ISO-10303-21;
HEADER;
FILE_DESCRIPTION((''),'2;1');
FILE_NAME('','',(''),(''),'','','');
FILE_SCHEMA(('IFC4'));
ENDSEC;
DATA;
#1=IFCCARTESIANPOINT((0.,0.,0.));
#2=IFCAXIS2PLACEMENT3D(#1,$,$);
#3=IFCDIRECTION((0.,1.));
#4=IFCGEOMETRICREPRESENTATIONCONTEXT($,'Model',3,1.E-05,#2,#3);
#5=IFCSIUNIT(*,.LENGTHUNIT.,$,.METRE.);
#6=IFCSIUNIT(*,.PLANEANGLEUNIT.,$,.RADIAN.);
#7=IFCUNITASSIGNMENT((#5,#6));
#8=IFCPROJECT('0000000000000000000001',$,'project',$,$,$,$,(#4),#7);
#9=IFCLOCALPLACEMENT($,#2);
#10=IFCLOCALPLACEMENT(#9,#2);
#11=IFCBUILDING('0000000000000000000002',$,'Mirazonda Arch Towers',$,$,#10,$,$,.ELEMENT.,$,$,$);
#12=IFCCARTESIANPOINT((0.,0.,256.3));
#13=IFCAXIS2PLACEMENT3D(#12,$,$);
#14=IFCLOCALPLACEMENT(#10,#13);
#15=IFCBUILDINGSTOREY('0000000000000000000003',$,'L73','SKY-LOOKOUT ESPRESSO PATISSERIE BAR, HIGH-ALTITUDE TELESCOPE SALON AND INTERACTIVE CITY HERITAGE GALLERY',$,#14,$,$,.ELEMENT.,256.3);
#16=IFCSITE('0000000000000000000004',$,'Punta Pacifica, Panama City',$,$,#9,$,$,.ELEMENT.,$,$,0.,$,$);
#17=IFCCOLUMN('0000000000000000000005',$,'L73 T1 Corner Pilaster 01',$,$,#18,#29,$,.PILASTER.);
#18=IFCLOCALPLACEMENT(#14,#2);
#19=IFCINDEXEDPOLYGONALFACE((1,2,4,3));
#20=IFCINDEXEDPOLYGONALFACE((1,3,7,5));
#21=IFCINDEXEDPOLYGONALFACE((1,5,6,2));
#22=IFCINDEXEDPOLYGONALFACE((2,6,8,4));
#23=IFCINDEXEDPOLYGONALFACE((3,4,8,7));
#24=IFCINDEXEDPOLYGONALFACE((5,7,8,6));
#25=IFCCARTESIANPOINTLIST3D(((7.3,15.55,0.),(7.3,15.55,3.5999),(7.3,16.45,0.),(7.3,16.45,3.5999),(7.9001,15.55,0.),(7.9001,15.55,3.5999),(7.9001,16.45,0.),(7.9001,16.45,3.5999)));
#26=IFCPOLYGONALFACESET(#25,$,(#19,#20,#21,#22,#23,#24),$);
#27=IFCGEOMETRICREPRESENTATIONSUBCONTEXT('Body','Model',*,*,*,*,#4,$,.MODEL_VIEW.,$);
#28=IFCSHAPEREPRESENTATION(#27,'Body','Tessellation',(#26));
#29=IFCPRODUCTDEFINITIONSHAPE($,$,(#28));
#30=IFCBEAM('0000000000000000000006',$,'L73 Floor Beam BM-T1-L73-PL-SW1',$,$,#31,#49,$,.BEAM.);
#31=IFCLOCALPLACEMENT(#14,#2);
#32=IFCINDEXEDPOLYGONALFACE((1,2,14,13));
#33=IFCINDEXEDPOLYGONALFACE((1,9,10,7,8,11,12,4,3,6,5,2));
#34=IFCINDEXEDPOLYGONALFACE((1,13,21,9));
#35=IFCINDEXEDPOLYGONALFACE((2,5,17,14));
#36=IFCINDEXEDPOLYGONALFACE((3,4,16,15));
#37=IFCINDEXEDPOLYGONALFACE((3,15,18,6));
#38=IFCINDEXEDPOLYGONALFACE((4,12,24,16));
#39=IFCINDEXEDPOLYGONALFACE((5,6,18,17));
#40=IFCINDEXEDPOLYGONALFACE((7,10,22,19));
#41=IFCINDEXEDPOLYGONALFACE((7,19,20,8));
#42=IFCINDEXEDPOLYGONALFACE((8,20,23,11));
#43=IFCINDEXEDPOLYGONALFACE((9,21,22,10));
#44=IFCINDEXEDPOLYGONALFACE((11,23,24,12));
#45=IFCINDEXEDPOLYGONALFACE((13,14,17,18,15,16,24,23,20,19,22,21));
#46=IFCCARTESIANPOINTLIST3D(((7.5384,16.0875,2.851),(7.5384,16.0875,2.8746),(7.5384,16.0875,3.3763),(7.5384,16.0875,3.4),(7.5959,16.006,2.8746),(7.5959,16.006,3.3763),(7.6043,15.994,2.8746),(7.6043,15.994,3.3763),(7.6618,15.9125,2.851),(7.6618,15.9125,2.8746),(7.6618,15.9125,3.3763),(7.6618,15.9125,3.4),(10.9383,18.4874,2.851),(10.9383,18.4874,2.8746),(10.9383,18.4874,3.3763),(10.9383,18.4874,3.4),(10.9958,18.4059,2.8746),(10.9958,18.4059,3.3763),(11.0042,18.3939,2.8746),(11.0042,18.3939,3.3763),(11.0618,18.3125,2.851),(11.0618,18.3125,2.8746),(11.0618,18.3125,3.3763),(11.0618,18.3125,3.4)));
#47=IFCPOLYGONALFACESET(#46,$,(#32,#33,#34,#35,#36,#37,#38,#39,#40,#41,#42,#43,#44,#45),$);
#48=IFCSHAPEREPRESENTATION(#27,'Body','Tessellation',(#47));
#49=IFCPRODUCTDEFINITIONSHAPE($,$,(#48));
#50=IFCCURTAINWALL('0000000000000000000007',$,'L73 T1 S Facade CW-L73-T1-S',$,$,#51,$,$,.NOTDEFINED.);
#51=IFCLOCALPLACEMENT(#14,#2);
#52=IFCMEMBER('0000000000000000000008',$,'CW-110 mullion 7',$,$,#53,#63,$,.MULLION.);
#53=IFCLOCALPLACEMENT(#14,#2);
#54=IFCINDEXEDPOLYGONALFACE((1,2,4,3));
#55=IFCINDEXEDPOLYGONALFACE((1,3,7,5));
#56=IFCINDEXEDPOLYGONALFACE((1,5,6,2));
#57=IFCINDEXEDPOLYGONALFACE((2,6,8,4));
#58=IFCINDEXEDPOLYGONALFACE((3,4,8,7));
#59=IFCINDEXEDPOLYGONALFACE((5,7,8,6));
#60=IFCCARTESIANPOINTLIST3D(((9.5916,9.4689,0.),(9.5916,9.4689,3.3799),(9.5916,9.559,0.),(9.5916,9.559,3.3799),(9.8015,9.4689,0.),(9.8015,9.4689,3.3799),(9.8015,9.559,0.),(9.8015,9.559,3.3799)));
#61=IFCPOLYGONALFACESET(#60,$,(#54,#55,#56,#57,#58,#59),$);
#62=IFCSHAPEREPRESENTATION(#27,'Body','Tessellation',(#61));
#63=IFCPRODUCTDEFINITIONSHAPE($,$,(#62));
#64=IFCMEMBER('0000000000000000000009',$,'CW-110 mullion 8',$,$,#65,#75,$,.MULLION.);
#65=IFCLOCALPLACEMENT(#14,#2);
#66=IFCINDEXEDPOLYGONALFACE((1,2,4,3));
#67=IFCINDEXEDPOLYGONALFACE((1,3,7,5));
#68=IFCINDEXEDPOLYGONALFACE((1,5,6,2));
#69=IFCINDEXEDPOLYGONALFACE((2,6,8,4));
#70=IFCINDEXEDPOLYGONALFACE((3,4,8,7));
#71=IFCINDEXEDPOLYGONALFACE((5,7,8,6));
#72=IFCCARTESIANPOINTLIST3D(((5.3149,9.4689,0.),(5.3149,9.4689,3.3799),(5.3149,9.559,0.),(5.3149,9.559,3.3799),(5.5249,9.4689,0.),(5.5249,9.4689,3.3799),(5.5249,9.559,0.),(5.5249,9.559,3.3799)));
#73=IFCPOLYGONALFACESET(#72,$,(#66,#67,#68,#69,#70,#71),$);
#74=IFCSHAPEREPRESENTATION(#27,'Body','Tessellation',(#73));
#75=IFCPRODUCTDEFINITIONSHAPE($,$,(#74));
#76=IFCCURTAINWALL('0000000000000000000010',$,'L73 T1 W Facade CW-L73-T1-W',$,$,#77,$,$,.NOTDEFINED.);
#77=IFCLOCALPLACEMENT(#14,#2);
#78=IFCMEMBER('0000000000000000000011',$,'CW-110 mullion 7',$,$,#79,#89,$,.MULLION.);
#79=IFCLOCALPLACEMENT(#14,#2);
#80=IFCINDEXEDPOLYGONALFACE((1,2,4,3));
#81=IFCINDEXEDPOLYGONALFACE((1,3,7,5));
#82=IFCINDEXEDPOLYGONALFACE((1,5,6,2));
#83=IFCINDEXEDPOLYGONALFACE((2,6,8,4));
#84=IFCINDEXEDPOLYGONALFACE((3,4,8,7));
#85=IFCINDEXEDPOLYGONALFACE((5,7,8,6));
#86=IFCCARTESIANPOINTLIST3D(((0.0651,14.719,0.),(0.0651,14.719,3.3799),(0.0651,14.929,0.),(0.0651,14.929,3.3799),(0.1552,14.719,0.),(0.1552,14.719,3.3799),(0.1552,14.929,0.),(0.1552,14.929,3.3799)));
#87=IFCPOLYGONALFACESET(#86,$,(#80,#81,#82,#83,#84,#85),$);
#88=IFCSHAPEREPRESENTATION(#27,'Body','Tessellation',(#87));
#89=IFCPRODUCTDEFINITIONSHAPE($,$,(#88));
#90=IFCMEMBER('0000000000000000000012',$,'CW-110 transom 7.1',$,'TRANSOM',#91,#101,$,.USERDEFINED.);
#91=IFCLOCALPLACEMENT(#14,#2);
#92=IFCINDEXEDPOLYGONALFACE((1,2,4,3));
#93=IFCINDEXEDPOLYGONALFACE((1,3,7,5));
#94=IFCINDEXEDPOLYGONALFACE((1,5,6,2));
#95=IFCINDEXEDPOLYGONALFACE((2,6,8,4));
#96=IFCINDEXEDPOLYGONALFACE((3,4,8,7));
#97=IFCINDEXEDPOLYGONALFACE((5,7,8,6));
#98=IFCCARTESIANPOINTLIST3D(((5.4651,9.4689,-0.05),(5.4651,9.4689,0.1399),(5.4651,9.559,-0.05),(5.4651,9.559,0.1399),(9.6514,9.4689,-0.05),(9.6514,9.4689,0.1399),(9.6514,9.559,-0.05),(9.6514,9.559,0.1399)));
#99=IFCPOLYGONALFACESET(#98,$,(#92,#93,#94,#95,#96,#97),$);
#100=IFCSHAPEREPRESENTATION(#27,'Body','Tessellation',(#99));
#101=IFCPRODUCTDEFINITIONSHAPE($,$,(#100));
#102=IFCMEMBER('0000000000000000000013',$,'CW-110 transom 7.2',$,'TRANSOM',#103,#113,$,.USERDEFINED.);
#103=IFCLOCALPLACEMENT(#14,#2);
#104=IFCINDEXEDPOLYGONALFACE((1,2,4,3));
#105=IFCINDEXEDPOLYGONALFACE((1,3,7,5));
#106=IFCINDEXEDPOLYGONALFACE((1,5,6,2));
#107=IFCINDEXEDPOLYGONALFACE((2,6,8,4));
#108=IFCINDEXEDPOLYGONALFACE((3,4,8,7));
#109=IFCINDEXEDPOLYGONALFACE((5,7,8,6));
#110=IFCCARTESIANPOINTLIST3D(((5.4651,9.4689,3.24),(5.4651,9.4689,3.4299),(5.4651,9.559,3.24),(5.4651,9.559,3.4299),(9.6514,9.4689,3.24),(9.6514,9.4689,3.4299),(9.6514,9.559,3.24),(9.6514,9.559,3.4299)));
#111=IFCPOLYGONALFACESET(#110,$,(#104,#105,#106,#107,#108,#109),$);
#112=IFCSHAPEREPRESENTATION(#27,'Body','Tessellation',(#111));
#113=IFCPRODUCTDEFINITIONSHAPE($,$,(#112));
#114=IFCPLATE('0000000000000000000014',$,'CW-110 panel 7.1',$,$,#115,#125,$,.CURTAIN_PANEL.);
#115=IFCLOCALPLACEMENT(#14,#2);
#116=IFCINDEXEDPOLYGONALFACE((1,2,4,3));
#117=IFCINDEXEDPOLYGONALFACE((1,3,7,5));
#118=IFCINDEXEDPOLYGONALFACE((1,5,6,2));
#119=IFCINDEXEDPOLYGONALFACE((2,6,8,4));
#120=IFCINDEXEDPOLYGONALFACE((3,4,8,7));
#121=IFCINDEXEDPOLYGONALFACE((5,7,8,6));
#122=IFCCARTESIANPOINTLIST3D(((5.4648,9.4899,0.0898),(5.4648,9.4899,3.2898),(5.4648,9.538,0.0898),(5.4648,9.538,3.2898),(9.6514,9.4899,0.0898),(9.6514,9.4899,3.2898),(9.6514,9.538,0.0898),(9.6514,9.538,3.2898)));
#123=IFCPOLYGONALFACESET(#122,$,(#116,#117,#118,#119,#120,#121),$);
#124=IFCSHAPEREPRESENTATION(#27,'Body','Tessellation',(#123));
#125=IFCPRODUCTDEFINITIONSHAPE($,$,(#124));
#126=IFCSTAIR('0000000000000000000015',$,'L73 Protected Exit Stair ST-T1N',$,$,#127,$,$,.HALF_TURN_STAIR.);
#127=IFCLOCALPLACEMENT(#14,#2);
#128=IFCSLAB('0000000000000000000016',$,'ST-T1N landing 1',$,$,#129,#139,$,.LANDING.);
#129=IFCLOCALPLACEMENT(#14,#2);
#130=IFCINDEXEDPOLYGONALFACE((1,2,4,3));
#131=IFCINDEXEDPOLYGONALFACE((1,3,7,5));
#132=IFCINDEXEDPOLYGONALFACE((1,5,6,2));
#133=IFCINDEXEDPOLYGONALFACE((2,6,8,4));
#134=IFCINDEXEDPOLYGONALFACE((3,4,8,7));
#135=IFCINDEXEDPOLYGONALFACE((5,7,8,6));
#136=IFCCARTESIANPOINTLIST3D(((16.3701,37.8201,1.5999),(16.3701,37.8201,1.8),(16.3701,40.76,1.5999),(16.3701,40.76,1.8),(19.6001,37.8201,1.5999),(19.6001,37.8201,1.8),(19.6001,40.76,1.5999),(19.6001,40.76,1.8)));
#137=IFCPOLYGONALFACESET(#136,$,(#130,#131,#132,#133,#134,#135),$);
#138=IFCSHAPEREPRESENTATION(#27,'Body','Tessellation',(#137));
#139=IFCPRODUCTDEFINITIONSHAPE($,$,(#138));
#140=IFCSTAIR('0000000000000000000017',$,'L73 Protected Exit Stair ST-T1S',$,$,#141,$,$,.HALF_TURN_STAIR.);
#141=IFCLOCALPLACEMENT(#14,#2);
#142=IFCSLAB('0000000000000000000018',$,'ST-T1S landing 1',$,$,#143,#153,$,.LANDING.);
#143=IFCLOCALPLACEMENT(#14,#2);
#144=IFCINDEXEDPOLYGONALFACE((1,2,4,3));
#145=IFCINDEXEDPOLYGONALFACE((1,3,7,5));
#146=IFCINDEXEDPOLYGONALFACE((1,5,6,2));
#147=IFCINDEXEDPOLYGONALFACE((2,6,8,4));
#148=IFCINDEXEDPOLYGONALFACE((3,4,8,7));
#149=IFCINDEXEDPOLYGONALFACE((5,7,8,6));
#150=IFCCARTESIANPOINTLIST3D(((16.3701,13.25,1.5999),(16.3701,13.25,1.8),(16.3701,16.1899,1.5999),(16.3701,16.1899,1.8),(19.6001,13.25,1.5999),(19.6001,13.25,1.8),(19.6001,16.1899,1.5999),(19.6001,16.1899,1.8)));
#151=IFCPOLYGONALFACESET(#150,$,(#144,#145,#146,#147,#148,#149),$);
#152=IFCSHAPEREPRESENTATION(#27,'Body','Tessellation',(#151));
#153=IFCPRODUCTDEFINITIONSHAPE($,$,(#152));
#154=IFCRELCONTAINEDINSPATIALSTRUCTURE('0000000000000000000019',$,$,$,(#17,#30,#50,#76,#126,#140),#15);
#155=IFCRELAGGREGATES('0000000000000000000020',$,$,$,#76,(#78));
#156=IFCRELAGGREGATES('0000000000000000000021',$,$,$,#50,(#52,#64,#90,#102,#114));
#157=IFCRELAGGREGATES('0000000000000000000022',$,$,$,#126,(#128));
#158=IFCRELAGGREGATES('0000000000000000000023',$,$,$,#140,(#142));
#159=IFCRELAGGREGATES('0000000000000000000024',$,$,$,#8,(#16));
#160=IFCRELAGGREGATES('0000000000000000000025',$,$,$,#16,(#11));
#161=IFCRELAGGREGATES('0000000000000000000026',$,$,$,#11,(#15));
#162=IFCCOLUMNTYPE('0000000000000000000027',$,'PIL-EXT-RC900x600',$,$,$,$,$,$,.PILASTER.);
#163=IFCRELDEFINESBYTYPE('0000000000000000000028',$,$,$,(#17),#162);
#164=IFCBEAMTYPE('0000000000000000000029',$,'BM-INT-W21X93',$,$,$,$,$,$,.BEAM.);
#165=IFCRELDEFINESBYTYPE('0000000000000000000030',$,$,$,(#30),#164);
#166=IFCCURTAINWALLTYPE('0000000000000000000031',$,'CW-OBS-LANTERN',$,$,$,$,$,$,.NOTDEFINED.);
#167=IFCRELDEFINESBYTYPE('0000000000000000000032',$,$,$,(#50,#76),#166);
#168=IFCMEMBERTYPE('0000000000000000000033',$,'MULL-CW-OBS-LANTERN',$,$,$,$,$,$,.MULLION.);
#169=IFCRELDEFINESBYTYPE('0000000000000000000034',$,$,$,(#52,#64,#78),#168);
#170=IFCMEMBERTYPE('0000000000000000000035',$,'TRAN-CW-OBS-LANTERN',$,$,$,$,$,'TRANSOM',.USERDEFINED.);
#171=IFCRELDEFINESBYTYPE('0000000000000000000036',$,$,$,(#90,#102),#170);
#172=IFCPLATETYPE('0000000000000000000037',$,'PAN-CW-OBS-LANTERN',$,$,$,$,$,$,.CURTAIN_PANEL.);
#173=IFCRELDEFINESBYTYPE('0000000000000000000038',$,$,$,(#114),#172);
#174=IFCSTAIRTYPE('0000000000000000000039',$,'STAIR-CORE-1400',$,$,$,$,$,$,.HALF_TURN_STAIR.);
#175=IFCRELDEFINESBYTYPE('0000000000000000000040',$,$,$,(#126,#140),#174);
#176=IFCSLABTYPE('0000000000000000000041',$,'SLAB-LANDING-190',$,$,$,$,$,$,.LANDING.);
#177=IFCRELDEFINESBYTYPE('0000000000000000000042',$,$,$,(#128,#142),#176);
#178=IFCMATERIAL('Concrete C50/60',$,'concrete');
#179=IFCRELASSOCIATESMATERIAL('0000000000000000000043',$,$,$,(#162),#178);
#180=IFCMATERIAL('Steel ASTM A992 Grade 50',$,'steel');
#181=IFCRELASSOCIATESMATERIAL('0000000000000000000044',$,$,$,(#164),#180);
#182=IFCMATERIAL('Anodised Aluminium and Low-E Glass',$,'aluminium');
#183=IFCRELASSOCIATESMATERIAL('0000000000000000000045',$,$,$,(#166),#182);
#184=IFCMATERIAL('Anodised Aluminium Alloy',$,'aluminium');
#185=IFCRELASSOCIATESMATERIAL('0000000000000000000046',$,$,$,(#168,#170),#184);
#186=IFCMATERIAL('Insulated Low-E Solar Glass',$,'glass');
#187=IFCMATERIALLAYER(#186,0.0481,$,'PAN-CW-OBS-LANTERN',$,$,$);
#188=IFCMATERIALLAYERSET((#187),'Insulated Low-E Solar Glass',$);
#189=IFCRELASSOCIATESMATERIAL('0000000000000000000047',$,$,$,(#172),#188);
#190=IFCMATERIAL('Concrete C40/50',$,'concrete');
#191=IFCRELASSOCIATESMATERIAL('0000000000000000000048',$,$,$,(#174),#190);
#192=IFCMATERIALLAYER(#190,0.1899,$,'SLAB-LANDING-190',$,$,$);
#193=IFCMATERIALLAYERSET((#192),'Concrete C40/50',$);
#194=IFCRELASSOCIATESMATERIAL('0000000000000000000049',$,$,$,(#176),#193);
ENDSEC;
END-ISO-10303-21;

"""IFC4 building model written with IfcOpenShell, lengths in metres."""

from ifc_helpers import new_model, si_unit, direction, frame, origin, origin_2d, place, context, subcontext, project, spatial, polyline, rectangle, i_section, outline, extrude, material, layer, layer_set, material_profile, profile_set, type_object, element, aggregate, save


model = new_model("IFC4")

# Units and contexts
model_context = context("Model", 3, precision=1e-05, world=origin(), true_north=direction((0.0, 1.0)))
body_context = subcontext(model_context, "Body", "Model", "MODEL_VIEW")
ifc_project = project(units=[si_unit("LENGTHUNIT", "METRE"), si_unit("PLANEANGLEUNIT", "RADIAN")], contexts=[model_context])

# Site, building, storey
site_placement = place(None, origin())
site = spatial("IfcSite", under=ifc_project, at=site_placement, Name="Punta Pacifica, Panama City", CompositionType="ELEMENT", RefElevation=0.0)
building_placement = place(site_placement, origin())
building = spatial("IfcBuilding", under=site, at=building_placement, Name="Mirazonda Arch Towers", CompositionType="ELEMENT")
storey_placement = place(building_placement, frame((0.0, 0.0, 256.3)))
storey = spatial("IfcBuildingStorey", under=building, at=storey_placement, Name="L73", Description="SKY-LOOKOUT ESPRESSO PATISSERIE BAR, HIGH-ALTITUDE TELESCOPE SALON AND INTERACTIVE CITY HERITAGE GALLERY", CompositionType="ELEMENT", Elevation=256.3)

# Column
ifc_material_1 = material(Name="Concrete C50/60", Category="concrete")
ifc_material_profile_1 = material_profile(ifc_material_1, rectangle(XDim=0.6001, YDim=0.8999, at=origin_2d()), Name="RC900x600")
ifc_profile_set_1 = profile_set([ifc_material_profile_1], Name="Concrete C50/60")
column_type = type_object("IfcColumnType", Name="PIL-EXT-RC900x600", PredefinedType="PILASTER", material=ifc_profile_set_1)
column_placement = place(storey_placement, frame((7.6001, 16.0, 0.0), z_axis=(0.0, 0.0, 1.0), x_axis=(1.0, 0.0, 0.0)))
element("IfcColumn", 1, at=column_placement, inside=storey, type_object=column_type, Name="L73 T1 Corner Pilaster 01", PredefinedType="PILASTER", context=body_context, shape_type="SweptSolid", body=[
    extrude(rectangle(XDim=0.6001, YDim=0.8999, at=origin_2d()), origin(), (0.0, 0.0, 1.0), 3.5999),
])

# Beam
ifc_material_2 = material(Name="Steel ASTM A992 Grade 50", Category="steel")
ifc_material_profile_2 = material_profile(ifc_material_2, i_section(OverallWidth=0.2141, OverallDepth=0.5491, WebThickness=0.0146, FlangeThickness=0.0237, at=origin_2d()), Name="W21X93")
ifc_profile_set_2 = profile_set([ifc_material_profile_2], Name="Steel ASTM A992 Grade 50")
beam_type = type_object("IfcBeamType", Name="BM-INT-W21X93", PredefinedType="BEAM", material=ifc_profile_set_2)
beam_placement = place(storey_placement, frame((7.6001, 16.0, 3.1255), z_axis=(0.816971, 0.576679, 0.0), x_axis=(-0.576679, 0.816971, 0.0)))
element("IfcBeam", 2, at=beam_placement, inside=storey, type_object=beam_type, Name="L73 Floor Beam BM-T1-L73-PL-SW1", PredefinedType="BEAM", context=body_context, shape_type="SweptSolid", body=[
    extrude(i_section(OverallWidth=0.2141, OverallDepth=0.5491, WebThickness=0.0146, FlangeThickness=0.0237, at=origin_2d()), origin(), (0.0, 0.0, 1.0), 4.1616),
])

# Curtain wall, members
ifc_material_3 = material(Name="Anodised Aluminium and Low-E Glass", Category="aluminium")
curtain_wall_type = type_object("IfcCurtainWallType", Name="CW-OBS-LANTERN", PredefinedType="NOTDEFINED", material=ifc_material_3)
curtain_wall_1_placement = place(storey_placement, origin())
curtain_wall_1 = element("IfcCurtainWall", 3, at=curtain_wall_1_placement, inside=storey, type_object=curtain_wall_type, Name="L73 T1 S Facade CW-L73-T1-S", PredefinedType="NOTDEFINED")
ifc_material_4 = material(Name="Anodised Aluminium Alloy", Category="aluminium")
ifc_material_profile_3 = material_profile(ifc_material_4, rectangle(XDim=0.0901, YDim=0.21, at=origin_2d()), Name="ALU-MULL-90x210")
ifc_profile_set_3 = profile_set([ifc_material_profile_3], Name="Anodised Aluminium Alloy")
member_type_1 = type_object("IfcMemberType", Name="MULL-CW-OBS-LANTERN", PredefinedType="MULLION", material=ifc_profile_set_3)
member_1_placement = place(storey_placement, frame((9.6965, 9.5139, 0.0), z_axis=(0.0, 0.0, 1.0), x_axis=(0.0, -1.0, 0.0)))
member_1 = element("IfcMember", 4, at=member_1_placement, type_object=member_type_1, Name="CW-110 mullion 7", PredefinedType="MULLION", context=body_context, shape_type="SweptSolid", body=[
    extrude(rectangle(XDim=0.0901, YDim=0.21, at=origin_2d()), origin(), (0.0, 0.0, 1.0), 3.3799),
])
member_2_placement = place(storey_placement, frame((5.4199, 9.5139, 0.0), z_axis=(0.0, 0.0, 1.0), x_axis=(0.0, -1.0, 0.0)))
member_2 = element("IfcMember", 5, at=member_2_placement, type_object=member_type_1, Name="CW-110 mullion 8", PredefinedType="MULLION", context=body_context, shape_type="SweptSolid", body=[
    extrude(rectangle(XDim=0.0901, YDim=0.21, at=origin_2d()), origin(), (0.0, 0.0, 1.0), 3.3799),
])

# Curtain wall, member
curtain_wall_2_placement = place(storey_placement, origin())
curtain_wall_2 = element("IfcCurtainWall", 6, at=curtain_wall_2_placement, inside=storey, type_object=curtain_wall_type, Name="L73 T1 W Facade CW-L73-T1-W", PredefinedType="NOTDEFINED")
member_3_placement = place(storey_placement, frame((0.1101, 14.824, 0.0), z_axis=(0.0, 0.0, 1.0), x_axis=(1.0, 0.0, 0.0)))
member_3 = element("IfcMember", 7, at=member_3_placement, type_object=member_type_1, Name="CW-110 mullion 7", PredefinedType="MULLION", context=body_context, shape_type="SweptSolid", body=[
    extrude(rectangle(XDim=0.0901, YDim=0.21, at=origin_2d()), origin(), (0.0, 0.0, 1.0), 3.3799),
])
aggregate(curtain_wall_2, [member_3])

# Members
ifc_material_profile_4 = material_profile(ifc_material_4, rectangle(XDim=0.0901, YDim=0.1899, at=origin_2d()), Name="ALU-TRAN-90x190")
ifc_profile_set_4 = profile_set([ifc_material_profile_4], Name="Anodised Aluminium Alloy")
member_type_2 = type_object("IfcMemberType", Name="TRAN-CW-OBS-LANTERN", ElementType="TRANSOM", PredefinedType="USERDEFINED", material=ifc_profile_set_4)
member_4_placement = place(storey_placement, frame((9.6514, 9.5139, 0.0449), z_axis=(-1.0, 0.0, 0.0), x_axis=(0.0, -1.0, 0.0)))
member_4 = element("IfcMember", 8, at=member_4_placement, type_object=member_type_2, Name="CW-110 transom 7.1", ObjectType="TRANSOM", PredefinedType="USERDEFINED", context=body_context, shape_type="SweptSolid", body=[
    extrude(rectangle(XDim=0.0901, YDim=0.1899, at=origin_2d()), origin(), (0.0, 0.0, 1.0), 4.1863),
])
member_5_placement = place(storey_placement, frame((9.6514, 9.5139, 3.335), z_axis=(-1.0, 0.0, 0.0), x_axis=(0.0, -1.0, 0.0)))
member_5 = element("IfcMember", 9, at=member_5_placement, type_object=member_type_2, Name="CW-110 transom 7.2", ObjectType="TRANSOM", PredefinedType="USERDEFINED", context=body_context, shape_type="SweptSolid", body=[
    extrude(rectangle(XDim=0.0901, YDim=0.1899, at=origin_2d()), origin(), (0.0, 0.0, 1.0), 4.1863),
])

# Plate
ifc_material_5 = material(Name="Insulated Low-E Solar Glass", Category="glass")
ifc_layer_1 = layer(ifc_material_5, 0.0481, Name="PAN-CW-OBS-LANTERN")
ifc_layer_set_1 = layer_set([ifc_layer_1], Name="Insulated Low-E Solar Glass")
plate_type = type_object("IfcPlateType", Name="PAN-CW-OBS-LANTERN", PredefinedType="CURTAIN_PANEL", material=ifc_layer_set_1)
plate_placement = place(storey_placement, frame((7.5581, 9.5139, 0.0898), z_axis=(0.0, 0.0, 1.0), x_axis=(-1.0, 0.0, 0.0)))
plate = element("IfcPlate", 10, at=plate_placement, type_object=plate_type, Name="CW-110 panel 7.1", PredefinedType="CURTAIN_PANEL", context=body_context, shape_type="SweptSolid", body=[
    extrude(rectangle(XDim=4.1865, YDim=0.0481, at=origin_2d()), origin(), (0.0, 0.0, 1.0), 3.2),
])
aggregate(curtain_wall_1, [member_1, member_2, member_4, member_5, plate])

# Stairs, slabs
ifc_material_6 = material(Name="Concrete C40/50", Category="concrete")
stair_type = type_object("IfcStairType", Name="STAIR-CORE-1400", PredefinedType="HALF_TURN_STAIR", material=ifc_material_6)
stair_1_placement = place(storey_placement, origin())
stair_1 = element("IfcStair", 11, at=stair_1_placement, inside=storey, type_object=stair_type, Name="L73 Protected Exit Stair ST-T1N", PredefinedType="HALF_TURN_STAIR")
ifc_layer_2 = layer(ifc_material_6, 0.1899, Name="SLAB-LANDING-190")
ifc_layer_set_2 = layer_set([ifc_layer_2], Name="Concrete C40/50")
slab_type_1 = type_object("IfcSlabType", Name="SLAB-LANDING-190", PredefinedType="LANDING", material=ifc_layer_set_2)
slab_1_placement = place(storey_placement, frame((0.0, 0.0, 1.5999)))
slab_1 = element("IfcSlab", 12, at=slab_1_placement, type_object=slab_type_1, Name="ST-T1N landing 1", PredefinedType="LANDING", context=body_context, shape_type="SweptSolid", body=[
    extrude(outline(polyline([(16.3701, 37.8201), (19.6001, 37.8201), (19.6001, 40.76), (16.3701, 40.76), (16.3701, 37.8201)])), origin(), (0.0, 0.0, 1.0), 0.2002),
])
aggregate(stair_1, [slab_1])
stair_2_placement = place(storey_placement, origin())
stair_2 = element("IfcStair", 13, at=stair_2_placement, inside=storey, type_object=stair_type, Name="L73 Protected Exit Stair ST-T1S", PredefinedType="HALF_TURN_STAIR")
slab_2_placement = place(storey_placement, frame((0.0, 0.0, 1.5999)))
slab_2 = element("IfcSlab", 14, at=slab_2_placement, type_object=slab_type_1, Name="ST-T1S landing 1", PredefinedType="LANDING", context=body_context, shape_type="SweptSolid", body=[
    extrude(outline(polyline([(16.3701, 13.25), (19.6001, 13.25), (19.6001, 16.1899), (16.3701, 16.1899), (16.3701, 13.25)])), origin(), (0.0, 0.0, 1.0), 0.2002),
])
aggregate(stair_2, [slab_2])

save(model, "model.ifc")
